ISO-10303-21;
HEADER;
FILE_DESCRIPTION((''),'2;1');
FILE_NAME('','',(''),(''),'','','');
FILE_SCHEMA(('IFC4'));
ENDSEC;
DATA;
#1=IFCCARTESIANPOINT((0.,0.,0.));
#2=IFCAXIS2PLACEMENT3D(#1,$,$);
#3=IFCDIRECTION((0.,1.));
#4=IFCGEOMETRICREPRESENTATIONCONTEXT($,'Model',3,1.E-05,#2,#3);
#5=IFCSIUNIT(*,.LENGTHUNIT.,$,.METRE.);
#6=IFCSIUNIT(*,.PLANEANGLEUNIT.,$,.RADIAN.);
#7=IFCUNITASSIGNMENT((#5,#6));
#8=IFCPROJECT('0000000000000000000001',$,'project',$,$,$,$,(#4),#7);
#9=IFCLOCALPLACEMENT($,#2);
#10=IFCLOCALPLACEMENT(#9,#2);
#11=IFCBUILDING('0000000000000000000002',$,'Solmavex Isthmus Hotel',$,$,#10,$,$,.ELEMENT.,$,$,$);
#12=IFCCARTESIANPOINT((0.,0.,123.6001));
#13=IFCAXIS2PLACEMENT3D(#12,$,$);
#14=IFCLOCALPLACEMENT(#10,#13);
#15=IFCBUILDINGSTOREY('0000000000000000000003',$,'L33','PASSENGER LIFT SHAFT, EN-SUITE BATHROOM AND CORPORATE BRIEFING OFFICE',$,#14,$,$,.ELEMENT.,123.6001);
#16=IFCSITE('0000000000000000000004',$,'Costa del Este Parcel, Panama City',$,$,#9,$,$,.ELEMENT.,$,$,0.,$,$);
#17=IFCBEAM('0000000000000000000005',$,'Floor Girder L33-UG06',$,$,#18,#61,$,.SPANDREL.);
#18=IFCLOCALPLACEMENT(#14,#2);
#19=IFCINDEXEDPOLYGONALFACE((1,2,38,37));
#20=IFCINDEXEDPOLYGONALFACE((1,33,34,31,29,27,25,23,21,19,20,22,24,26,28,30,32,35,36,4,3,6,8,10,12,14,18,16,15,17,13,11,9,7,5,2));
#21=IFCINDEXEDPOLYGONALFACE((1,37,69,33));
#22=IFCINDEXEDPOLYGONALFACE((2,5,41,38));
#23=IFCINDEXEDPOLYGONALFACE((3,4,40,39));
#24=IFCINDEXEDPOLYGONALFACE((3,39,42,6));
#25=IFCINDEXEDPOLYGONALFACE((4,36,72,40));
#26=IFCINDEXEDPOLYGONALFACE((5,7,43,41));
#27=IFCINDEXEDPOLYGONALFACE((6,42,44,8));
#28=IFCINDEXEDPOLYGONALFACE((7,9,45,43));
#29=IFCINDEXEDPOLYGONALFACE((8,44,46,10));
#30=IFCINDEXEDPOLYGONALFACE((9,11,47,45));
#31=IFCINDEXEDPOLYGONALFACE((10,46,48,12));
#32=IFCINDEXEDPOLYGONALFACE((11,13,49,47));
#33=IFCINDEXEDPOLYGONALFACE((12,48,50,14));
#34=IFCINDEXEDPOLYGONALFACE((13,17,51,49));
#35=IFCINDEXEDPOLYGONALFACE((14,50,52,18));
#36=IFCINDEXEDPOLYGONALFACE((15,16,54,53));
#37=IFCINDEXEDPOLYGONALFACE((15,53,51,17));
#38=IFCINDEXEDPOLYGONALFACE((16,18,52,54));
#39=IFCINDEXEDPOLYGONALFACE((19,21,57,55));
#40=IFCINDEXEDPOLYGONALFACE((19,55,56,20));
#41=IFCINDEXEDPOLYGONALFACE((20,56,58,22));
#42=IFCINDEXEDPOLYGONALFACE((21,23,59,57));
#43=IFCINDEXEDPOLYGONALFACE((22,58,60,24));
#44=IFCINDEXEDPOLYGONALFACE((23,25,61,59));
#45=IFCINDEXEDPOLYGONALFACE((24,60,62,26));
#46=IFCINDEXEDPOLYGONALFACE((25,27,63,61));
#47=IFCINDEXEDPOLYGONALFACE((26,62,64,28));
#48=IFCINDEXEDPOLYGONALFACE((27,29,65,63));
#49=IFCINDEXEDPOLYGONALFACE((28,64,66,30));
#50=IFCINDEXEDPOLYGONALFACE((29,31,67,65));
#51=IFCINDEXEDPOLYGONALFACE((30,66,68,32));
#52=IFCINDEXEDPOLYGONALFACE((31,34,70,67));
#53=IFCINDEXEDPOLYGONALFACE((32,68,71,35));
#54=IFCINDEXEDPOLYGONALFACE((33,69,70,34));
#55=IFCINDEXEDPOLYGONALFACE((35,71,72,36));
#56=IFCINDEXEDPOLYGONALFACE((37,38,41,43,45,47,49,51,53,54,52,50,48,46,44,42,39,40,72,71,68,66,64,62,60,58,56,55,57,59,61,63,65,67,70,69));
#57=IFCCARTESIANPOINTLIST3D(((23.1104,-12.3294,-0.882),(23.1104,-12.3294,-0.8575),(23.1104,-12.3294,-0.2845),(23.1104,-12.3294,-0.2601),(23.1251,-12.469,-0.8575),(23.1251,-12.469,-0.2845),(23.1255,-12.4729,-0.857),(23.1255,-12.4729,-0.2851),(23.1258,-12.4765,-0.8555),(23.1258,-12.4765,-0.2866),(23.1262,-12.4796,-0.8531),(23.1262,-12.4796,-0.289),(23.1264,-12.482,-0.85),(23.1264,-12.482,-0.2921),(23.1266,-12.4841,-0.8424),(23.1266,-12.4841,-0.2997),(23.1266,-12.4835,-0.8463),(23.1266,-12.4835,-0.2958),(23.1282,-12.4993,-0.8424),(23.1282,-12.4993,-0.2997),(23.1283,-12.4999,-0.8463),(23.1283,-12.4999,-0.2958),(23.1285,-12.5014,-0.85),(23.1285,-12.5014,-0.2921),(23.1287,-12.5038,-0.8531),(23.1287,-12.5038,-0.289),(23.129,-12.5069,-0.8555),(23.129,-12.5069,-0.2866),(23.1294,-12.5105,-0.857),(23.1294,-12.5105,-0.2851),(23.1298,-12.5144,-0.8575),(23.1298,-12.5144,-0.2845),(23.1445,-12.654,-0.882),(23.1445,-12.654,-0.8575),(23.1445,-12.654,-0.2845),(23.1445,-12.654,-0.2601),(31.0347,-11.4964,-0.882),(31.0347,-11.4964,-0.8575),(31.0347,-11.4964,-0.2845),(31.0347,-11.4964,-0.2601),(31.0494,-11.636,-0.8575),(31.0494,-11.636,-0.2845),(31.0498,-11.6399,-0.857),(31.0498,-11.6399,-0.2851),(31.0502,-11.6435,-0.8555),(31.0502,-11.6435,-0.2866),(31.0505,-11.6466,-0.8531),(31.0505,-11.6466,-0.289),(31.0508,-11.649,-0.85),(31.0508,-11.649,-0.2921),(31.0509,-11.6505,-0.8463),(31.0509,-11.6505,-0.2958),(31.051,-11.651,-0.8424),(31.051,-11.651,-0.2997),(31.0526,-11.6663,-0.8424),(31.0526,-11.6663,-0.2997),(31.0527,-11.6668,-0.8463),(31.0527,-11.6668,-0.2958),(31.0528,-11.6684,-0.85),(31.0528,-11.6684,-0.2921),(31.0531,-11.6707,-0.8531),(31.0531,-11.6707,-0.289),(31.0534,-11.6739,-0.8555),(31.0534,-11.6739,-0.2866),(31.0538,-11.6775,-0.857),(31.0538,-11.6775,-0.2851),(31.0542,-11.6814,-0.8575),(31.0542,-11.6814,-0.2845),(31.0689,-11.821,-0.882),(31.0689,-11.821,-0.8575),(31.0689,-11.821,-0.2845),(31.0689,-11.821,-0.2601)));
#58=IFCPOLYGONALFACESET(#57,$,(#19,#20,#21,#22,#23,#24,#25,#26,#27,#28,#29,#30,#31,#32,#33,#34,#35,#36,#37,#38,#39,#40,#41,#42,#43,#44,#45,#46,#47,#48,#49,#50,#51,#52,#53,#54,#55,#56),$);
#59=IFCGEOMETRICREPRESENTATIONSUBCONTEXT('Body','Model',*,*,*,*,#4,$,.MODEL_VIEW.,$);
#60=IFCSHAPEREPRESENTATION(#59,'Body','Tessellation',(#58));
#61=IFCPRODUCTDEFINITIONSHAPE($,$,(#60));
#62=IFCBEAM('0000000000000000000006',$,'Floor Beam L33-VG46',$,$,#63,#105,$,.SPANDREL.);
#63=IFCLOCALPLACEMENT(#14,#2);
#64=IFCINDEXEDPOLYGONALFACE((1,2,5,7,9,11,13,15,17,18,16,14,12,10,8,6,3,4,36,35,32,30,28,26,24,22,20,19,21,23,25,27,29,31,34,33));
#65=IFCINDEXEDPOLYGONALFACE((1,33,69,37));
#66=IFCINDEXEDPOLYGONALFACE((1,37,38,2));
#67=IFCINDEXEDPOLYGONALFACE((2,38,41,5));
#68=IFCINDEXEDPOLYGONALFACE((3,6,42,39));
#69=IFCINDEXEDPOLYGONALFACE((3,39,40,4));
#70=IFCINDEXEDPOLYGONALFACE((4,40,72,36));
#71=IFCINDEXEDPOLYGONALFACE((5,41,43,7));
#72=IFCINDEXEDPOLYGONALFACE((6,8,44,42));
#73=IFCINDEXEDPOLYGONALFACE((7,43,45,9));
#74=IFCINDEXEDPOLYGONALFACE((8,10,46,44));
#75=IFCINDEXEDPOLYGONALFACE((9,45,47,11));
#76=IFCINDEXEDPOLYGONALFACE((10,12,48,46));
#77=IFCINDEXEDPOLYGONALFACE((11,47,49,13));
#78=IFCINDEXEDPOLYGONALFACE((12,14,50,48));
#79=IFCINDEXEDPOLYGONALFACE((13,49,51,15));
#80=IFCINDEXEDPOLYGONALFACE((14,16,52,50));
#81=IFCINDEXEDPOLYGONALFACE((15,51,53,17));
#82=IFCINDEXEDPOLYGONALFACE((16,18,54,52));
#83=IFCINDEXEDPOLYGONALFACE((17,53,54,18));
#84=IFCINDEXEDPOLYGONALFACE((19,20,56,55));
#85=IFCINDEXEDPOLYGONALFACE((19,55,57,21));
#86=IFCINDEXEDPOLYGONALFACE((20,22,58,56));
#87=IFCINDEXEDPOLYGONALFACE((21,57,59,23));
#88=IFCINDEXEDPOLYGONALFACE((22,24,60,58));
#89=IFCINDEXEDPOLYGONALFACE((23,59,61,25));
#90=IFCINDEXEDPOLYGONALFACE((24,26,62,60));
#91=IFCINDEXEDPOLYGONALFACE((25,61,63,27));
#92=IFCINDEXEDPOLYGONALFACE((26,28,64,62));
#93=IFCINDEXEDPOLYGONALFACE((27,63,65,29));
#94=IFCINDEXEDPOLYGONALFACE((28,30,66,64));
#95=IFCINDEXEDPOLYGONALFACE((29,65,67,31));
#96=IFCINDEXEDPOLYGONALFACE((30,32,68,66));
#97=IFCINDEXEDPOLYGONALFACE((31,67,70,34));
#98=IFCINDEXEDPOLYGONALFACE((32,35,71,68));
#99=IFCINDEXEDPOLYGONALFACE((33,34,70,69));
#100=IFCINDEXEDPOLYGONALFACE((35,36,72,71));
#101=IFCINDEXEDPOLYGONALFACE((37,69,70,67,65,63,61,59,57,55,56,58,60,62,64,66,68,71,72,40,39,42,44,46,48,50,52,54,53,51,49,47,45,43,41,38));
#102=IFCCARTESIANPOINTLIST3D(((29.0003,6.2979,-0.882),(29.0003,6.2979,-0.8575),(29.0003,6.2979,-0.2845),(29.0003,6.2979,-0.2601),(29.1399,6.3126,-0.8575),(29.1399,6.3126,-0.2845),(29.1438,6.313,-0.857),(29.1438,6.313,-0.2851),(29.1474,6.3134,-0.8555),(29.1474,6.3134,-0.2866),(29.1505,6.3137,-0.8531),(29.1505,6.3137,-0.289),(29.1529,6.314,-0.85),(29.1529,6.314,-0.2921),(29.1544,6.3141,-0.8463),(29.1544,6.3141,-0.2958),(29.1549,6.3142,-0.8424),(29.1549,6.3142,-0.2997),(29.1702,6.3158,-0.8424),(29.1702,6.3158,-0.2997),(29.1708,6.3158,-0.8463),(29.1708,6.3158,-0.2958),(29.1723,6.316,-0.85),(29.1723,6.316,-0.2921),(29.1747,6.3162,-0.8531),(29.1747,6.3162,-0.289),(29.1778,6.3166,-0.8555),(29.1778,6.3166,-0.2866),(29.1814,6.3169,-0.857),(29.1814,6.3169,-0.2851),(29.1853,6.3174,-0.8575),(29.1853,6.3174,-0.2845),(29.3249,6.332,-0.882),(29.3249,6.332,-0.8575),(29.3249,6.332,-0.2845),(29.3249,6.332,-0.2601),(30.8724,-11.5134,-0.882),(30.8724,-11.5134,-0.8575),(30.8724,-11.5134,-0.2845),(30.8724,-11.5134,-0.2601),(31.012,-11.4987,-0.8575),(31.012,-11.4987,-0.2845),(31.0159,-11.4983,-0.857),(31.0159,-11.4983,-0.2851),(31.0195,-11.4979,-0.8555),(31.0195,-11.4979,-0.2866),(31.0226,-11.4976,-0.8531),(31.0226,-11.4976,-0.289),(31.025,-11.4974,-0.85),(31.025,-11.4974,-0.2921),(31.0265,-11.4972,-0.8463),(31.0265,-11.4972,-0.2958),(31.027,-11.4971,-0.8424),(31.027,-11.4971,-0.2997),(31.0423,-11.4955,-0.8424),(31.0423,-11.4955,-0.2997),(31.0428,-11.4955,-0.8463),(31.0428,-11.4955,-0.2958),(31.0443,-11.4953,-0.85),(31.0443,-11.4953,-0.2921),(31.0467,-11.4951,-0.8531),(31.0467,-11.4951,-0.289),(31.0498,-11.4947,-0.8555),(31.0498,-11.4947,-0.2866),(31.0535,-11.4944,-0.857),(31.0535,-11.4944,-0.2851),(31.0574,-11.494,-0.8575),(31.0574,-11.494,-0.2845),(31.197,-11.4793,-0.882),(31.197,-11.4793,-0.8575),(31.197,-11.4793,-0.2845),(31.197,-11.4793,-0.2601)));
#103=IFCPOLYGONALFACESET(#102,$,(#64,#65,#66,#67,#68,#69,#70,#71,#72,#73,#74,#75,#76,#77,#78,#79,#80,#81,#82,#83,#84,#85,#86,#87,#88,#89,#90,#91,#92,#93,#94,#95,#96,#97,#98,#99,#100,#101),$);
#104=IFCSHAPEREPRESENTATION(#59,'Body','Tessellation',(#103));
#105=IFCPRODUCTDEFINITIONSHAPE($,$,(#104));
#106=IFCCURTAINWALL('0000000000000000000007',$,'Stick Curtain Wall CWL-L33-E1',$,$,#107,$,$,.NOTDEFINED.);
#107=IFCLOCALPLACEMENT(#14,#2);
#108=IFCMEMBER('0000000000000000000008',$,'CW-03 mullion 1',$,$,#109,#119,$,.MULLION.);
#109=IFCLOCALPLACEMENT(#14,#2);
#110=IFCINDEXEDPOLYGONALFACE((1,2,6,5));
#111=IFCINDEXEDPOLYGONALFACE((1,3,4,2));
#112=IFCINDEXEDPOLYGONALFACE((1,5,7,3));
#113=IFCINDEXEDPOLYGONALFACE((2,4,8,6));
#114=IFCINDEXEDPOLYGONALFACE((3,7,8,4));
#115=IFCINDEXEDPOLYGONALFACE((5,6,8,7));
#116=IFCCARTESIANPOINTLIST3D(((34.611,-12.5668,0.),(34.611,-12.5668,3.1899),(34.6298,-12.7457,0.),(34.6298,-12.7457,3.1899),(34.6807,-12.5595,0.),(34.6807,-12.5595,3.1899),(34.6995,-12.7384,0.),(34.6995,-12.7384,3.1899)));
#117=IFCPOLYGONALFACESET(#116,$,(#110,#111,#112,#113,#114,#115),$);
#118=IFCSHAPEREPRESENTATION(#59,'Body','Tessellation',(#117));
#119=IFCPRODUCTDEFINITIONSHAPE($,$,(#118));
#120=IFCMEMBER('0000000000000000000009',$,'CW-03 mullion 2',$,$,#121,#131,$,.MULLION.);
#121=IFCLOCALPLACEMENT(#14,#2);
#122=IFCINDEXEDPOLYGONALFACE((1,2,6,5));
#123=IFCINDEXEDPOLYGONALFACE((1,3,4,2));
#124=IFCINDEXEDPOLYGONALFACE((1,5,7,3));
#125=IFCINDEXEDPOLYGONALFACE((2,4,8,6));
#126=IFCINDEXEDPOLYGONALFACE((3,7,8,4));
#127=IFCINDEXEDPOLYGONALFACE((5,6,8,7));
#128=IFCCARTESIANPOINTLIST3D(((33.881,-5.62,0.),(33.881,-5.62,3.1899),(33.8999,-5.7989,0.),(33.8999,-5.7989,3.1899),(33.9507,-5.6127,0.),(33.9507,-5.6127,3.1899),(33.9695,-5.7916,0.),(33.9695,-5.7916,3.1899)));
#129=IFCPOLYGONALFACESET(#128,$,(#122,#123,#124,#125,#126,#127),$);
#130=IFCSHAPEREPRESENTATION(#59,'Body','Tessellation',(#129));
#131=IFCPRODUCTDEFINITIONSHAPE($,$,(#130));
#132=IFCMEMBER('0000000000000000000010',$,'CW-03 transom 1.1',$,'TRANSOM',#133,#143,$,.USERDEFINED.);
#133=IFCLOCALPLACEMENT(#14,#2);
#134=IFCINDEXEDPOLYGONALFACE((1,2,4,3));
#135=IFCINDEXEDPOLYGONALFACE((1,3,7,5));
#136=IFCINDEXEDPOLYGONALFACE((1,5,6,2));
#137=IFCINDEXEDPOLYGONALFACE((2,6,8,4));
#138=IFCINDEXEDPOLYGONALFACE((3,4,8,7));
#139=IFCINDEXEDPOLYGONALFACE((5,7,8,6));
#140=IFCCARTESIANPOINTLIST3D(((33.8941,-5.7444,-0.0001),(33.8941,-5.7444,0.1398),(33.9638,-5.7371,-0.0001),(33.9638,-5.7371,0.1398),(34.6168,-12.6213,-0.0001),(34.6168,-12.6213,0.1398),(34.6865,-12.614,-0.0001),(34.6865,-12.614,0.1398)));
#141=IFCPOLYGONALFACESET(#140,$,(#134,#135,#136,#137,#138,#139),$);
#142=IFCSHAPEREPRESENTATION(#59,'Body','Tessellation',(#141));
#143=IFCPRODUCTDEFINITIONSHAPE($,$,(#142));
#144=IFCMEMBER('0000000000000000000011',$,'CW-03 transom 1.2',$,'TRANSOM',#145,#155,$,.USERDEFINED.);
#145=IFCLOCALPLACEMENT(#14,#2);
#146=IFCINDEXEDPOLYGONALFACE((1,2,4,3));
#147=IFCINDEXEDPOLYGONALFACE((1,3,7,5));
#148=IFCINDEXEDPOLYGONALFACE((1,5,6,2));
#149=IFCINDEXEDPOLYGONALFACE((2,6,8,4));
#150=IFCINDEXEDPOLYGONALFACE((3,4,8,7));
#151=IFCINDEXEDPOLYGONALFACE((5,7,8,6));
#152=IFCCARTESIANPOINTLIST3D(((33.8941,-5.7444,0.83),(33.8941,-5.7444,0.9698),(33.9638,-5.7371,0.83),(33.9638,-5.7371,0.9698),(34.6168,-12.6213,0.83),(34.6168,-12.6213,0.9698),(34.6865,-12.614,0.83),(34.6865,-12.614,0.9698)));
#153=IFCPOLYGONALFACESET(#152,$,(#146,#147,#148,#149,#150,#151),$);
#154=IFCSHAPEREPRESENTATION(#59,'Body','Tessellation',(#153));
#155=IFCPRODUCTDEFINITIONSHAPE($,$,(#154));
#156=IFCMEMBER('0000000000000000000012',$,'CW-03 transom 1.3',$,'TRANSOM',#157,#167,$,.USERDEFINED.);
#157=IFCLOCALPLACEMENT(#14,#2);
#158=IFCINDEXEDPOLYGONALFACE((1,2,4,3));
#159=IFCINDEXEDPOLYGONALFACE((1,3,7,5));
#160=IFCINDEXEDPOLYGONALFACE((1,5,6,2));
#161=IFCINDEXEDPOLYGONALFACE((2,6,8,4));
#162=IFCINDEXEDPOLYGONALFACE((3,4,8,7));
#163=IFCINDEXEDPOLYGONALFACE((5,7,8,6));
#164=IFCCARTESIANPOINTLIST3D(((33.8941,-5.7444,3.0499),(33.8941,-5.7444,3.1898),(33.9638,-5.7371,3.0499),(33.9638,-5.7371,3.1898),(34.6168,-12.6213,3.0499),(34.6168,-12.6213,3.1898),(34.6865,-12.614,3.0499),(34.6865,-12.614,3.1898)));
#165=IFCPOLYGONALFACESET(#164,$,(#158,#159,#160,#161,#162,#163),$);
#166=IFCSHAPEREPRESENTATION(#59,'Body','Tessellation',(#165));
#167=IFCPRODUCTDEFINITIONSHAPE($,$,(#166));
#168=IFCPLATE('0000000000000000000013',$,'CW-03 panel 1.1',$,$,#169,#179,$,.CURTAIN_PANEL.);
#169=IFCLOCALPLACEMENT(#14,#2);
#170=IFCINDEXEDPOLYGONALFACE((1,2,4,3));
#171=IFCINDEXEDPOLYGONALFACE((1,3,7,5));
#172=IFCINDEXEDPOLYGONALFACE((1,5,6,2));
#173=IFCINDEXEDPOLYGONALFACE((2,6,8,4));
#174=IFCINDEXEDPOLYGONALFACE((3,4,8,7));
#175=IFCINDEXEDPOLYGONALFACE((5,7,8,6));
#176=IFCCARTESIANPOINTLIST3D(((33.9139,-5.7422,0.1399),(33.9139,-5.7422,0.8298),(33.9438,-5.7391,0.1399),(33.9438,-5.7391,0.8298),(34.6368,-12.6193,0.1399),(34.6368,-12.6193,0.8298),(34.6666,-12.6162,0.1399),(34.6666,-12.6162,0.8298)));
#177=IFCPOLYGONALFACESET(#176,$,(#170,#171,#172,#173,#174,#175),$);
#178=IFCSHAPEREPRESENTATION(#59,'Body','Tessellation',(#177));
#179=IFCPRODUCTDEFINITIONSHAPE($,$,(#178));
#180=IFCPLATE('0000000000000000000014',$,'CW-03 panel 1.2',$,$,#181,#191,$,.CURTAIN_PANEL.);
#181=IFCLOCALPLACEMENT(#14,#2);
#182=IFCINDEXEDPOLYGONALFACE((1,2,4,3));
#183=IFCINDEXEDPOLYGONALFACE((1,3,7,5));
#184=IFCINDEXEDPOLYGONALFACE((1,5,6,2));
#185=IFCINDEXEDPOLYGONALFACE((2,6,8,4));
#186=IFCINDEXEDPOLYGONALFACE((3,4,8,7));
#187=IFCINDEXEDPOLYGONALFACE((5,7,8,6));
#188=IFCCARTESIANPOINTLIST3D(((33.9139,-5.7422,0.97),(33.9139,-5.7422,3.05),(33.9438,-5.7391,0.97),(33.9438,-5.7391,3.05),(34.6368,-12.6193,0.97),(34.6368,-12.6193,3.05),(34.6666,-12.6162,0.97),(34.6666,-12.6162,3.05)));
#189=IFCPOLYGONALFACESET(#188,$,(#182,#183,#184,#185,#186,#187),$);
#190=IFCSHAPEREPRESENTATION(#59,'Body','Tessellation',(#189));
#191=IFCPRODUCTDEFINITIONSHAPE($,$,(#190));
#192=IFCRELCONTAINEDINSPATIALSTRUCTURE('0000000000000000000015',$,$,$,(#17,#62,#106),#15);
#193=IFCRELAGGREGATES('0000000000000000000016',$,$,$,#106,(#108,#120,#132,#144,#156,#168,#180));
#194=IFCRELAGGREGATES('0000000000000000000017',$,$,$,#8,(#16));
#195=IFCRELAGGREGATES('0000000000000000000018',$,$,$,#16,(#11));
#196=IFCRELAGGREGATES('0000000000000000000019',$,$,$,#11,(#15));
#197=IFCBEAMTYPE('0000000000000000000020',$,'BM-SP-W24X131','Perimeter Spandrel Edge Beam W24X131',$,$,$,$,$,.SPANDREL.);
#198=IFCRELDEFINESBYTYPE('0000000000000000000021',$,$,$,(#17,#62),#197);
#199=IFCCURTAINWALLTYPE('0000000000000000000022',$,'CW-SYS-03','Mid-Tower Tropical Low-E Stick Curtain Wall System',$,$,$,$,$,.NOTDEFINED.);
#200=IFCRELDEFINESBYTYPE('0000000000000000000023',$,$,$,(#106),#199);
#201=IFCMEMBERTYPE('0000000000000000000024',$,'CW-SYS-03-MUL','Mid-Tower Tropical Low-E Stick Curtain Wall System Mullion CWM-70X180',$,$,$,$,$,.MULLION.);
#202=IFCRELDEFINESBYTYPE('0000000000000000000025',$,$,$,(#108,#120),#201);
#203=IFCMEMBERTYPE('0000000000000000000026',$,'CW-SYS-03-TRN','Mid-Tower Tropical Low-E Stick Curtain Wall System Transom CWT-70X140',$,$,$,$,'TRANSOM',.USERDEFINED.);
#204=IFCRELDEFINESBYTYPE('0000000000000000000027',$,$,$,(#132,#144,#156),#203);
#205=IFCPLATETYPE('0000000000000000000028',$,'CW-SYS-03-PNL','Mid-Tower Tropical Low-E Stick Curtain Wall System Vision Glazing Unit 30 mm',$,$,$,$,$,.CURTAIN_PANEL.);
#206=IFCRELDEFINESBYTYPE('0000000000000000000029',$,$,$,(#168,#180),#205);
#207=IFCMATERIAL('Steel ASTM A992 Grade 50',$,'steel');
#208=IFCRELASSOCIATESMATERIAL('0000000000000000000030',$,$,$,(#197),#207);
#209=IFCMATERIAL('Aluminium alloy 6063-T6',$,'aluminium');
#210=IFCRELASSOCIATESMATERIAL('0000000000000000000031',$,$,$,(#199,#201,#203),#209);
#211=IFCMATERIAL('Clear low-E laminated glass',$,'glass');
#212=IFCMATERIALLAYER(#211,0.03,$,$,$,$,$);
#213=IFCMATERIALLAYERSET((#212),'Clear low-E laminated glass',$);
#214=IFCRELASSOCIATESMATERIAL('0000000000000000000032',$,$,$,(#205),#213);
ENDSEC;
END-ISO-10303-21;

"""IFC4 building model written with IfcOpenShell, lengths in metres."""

from ifc_helpers import new_model, si_unit, direction, frame, origin, origin_2d, place, context, subcontext, project, spatial, rectangle, i_section, extrude, material, layer, layer_set, material_profile, profile_set, type_object, element, aggregate, save


model = new_model("IFC4")

# Units and contexts
model_context = context("Model", 3, precision=1e-05, world=origin(), true_north=direction((0.0, 1.0)))
body_context = subcontext(model_context, "Body", "Model", "MODEL_VIEW")
ifc_project = project(units=[si_unit("LENGTHUNIT", "METRE"), si_unit("PLANEANGLEUNIT", "RADIAN")], contexts=[model_context])

# Site, building, storey
site_placement = place(None, origin())
site = spatial("IfcSite", under=ifc_project, at=site_placement, Name="Costa del Este Parcel, Panama City", CompositionType="ELEMENT", RefElevation=0.0)
building_placement = place(site_placement, origin())
building = spatial("IfcBuilding", under=site, at=building_placement, Name="Solmavex Isthmus Hotel", CompositionType="ELEMENT")
storey_placement = place(building_placement, frame((0.0, 0.0, 123.6001)))
storey = spatial("IfcBuildingStorey", under=building, at=storey_placement, Name="L33", Description="PASSENGER LIFT SHAFT, EN-SUITE BATHROOM AND CORPORATE BRIEFING OFFICE", CompositionType="ELEMENT", Elevation=123.6001)

# Beams
ifc_material_1 = material(Name="Steel ASTM A992 Grade 50", Category="steel")
ifc_material_profile_1 = material_profile(ifc_material_1, i_section(OverallWidth=0.3264, OverallDepth=0.6218, WebThickness=0.0154, FlangeThickness=0.0244, FilletRadius=0.0151, at=origin_2d()), Name="W24X131")
ifc_profile_set_1 = profile_set([ifc_material_profile_1], Name="Steel ASTM A992 Grade 50")
beam_type_1 = type_object("IfcBeamType", Name="BM-SP-W24X131", Description="Perimeter Spandrel Edge Beam W24X131", PredefinedType="SPANDREL", material=ifc_profile_set_1)
beam_1_placement = place(storey_placement, frame((23.1274, -12.4917, -0.571), z_axis=(0.99452, 0.104544, 0.0), x_axis=(-0.104544, 0.99452, 0.0)))
element("IfcBeam", 1, at=beam_1_placement, inside=storey, type_object=beam_type_1, Name="Floor Girder L33-UG06", PredefinedType="SPANDREL", context=body_context, shape_type="SweptSolid", body=[
    extrude(i_section(OverallWidth=0.3264, OverallDepth=0.6218, WebThickness=0.0154, FlangeThickness=0.0244, FilletRadius=0.0151, at=origin_2d()), origin(), (0.0, 0.0, 1.0), 7.968),
])
beam_2_placement = place(storey_placement, frame((31.0347, -11.4963, -0.571), z_axis=(-0.10453, 0.994522, 0.0), x_axis=(-0.994522, -0.10453, 0.0)))
element("IfcBeam", 2, at=beam_2_placement, inside=storey, type_object=beam_type_1, Name="Floor Beam L33-VG46", PredefinedType="SPANDREL", context=body_context, shape_type="SweptSolid", body=[
    extrude(i_section(OverallWidth=0.3264, OverallDepth=0.6218, WebThickness=0.0154, FlangeThickness=0.0244, FilletRadius=0.0151, at=origin_2d()), origin(), (0.0, 0.0, 1.0), 17.9094),
])

# Curtain wall, members, plates
ifc_material_2 = material(Name="Aluminium alloy 6063-T6", Category="aluminium")
curtain_wall_type = type_object("IfcCurtainWallType", Name="CW-SYS-03", Description="Mid-Tower Tropical Low-E Stick Curtain Wall System", PredefinedType="NOTDEFINED", material=ifc_material_2)
curtain_wall_placement = place(storey_placement, origin())
curtain_wall = element("IfcCurtainWall", 3, at=curtain_wall_placement, inside=storey, type_object=curtain_wall_type, Name="Stick Curtain Wall CWL-L33-E1", PredefinedType="NOTDEFINED")
ifc_material_profile_2 = material_profile(ifc_material_2, rectangle(XDim=0.0701, YDim=0.1799, at=origin_2d()), Name="CWM-70X180")
ifc_profile_set_2 = profile_set([ifc_material_profile_2], Name="Aluminium alloy 6063-T6")
member_type_1 = type_object("IfcMemberType", Name="CW-SYS-03-MUL", Description="Mid-Tower Tropical Low-E Stick Curtain Wall System Mullion CWM-70X180", PredefinedType="MULLION", material=ifc_profile_set_2)
member_1_placement = place(storey_placement, frame((34.6553, -12.6526, 0.0), z_axis=(0.0, 0.0, 1.0), x_axis=(-0.994522, -0.104528, 0.0)))
member_1 = element("IfcMember", 4, at=member_1_placement, type_object=member_type_1, Name="CW-03 mullion 1", PredefinedType="MULLION", context=body_context, shape_type="SweptSolid", body=[
    extrude(rectangle(XDim=0.0701, YDim=0.1799, at=origin_2d()), origin(), (0.0, 0.0, 1.0), 3.1899),
])
member_2_placement = place(storey_placement, frame((33.9253, -5.7058, 0.0), z_axis=(0.0, 0.0, 1.0), x_axis=(-0.994522, -0.104528, 0.0)))
member_2 = element("IfcMember", 5, at=member_2_placement, type_object=member_type_1, Name="CW-03 mullion 2", PredefinedType="MULLION", context=body_context, shape_type="SweptSolid", body=[
    extrude(rectangle(XDim=0.0701, YDim=0.1799, at=origin_2d()), origin(), (0.0, 0.0, 1.0), 3.1899),
])
ifc_material_profile_3 = material_profile(ifc_material_2, rectangle(XDim=0.0701, YDim=0.1399, at=origin_2d()), Name="CWT-70X140")
ifc_profile_set_3 = profile_set([ifc_material_profile_3], Name="Aluminium alloy 6063-T6")
member_type_2 = type_object("IfcMemberType", Name="CW-SYS-03-TRN", Description="Mid-Tower Tropical Low-E Stick Curtain Wall System Transom CWT-70X140", ElementType="TRANSOM", PredefinedType="USERDEFINED", material=ifc_profile_set_3)
member_3_placement = place(storey_placement, frame((34.6516, -12.6177, 0.0698), z_axis=(-0.104508, 0.994524, 0.0), x_axis=(-0.994524, -0.104508, 0.0)))
member_3 = element("IfcMember", 6, at=member_3_placement, type_object=member_type_2, Name="CW-03 transom 1.1", ObjectType="TRANSOM", PredefinedType="USERDEFINED", context=body_context, shape_type="SweptSolid", body=[
    extrude(rectangle(XDim=0.0701, YDim=0.1399, at=origin_2d()), origin(), (0.0, 0.0, 1.0), 6.9148),
])
member_4_placement = place(storey_placement, frame((34.6516, -12.6177, 0.8999), z_axis=(-0.104508, 0.994524, 0.0), x_axis=(-0.994524, -0.104508, 0.0)))
member_4 = element("IfcMember", 7, at=member_4_placement, type_object=member_type_2, Name="CW-03 transom 1.2", ObjectType="TRANSOM", PredefinedType="USERDEFINED", context=body_context, shape_type="SweptSolid", body=[
    extrude(rectangle(XDim=0.0701, YDim=0.1399, at=origin_2d()), origin(), (0.0, 0.0, 1.0), 6.9148),
])
member_5_placement = place(storey_placement, frame((34.6516, -12.6177, 3.1199), z_axis=(-0.104508, 0.994524, 0.0), x_axis=(-0.994524, -0.104508, 0.0)))
member_5 = element("IfcMember", 8, at=member_5_placement, type_object=member_type_2, Name="CW-03 transom 1.3", ObjectType="TRANSOM", PredefinedType="USERDEFINED", context=body_context, shape_type="SweptSolid", body=[
    extrude(rectangle(XDim=0.0701, YDim=0.1399, at=origin_2d()), origin(), (0.0, 0.0, 1.0), 6.9148),
])
ifc_material_3 = material(Name="Clear low-E laminated glass", Category="glass")
ifc_layer_1 = layer(ifc_material_3, 0.03)
ifc_layer_set_1 = layer_set([ifc_layer_1], Name="Clear low-E laminated glass")
plate_type = type_object("IfcPlateType", Name="CW-SYS-03-PNL", Description="Mid-Tower Tropical Low-E Stick Curtain Wall System Vision Glazing Unit 30 mm", PredefinedType="CURTAIN_PANEL", material=ifc_layer_set_1)
plate_1_placement = place(storey_placement, frame((34.2903, -9.1792, 0.1399), z_axis=(0.0, 0.0, 1.0), x_axis=(-0.104528, 0.994522, 0.0)))
plate_1 = element("IfcPlate", 9, at=plate_1_placement, type_object=plate_type, Name="CW-03 panel 1.1", PredefinedType="CURTAIN_PANEL", context=body_context, shape_type="SweptSolid", body=[
    extrude(rectangle(XDim=6.915, YDim=0.03, at=origin_2d()), origin(), (0.0, 0.0, 1.0), 0.6899),
])
plate_2_placement = place(storey_placement, frame((34.2903, -9.1792, 0.97), z_axis=(0.0, 0.0, 1.0), x_axis=(-0.104528, 0.994522, 0.0)))
plate_2 = element("IfcPlate", 10, at=plate_2_placement, type_object=plate_type, Name="CW-03 panel 1.2", PredefinedType="CURTAIN_PANEL", context=body_context, shape_type="SweptSolid", body=[
    extrude(rectangle(XDim=6.915, YDim=0.03, at=origin_2d()), origin(), (0.0, 0.0, 1.0), 2.0801),
])
aggregate(curtain_wall, [member_1, member_2, member_3, member_4, member_5, plate_1, plate_2])

save(model, "model.ifc")
